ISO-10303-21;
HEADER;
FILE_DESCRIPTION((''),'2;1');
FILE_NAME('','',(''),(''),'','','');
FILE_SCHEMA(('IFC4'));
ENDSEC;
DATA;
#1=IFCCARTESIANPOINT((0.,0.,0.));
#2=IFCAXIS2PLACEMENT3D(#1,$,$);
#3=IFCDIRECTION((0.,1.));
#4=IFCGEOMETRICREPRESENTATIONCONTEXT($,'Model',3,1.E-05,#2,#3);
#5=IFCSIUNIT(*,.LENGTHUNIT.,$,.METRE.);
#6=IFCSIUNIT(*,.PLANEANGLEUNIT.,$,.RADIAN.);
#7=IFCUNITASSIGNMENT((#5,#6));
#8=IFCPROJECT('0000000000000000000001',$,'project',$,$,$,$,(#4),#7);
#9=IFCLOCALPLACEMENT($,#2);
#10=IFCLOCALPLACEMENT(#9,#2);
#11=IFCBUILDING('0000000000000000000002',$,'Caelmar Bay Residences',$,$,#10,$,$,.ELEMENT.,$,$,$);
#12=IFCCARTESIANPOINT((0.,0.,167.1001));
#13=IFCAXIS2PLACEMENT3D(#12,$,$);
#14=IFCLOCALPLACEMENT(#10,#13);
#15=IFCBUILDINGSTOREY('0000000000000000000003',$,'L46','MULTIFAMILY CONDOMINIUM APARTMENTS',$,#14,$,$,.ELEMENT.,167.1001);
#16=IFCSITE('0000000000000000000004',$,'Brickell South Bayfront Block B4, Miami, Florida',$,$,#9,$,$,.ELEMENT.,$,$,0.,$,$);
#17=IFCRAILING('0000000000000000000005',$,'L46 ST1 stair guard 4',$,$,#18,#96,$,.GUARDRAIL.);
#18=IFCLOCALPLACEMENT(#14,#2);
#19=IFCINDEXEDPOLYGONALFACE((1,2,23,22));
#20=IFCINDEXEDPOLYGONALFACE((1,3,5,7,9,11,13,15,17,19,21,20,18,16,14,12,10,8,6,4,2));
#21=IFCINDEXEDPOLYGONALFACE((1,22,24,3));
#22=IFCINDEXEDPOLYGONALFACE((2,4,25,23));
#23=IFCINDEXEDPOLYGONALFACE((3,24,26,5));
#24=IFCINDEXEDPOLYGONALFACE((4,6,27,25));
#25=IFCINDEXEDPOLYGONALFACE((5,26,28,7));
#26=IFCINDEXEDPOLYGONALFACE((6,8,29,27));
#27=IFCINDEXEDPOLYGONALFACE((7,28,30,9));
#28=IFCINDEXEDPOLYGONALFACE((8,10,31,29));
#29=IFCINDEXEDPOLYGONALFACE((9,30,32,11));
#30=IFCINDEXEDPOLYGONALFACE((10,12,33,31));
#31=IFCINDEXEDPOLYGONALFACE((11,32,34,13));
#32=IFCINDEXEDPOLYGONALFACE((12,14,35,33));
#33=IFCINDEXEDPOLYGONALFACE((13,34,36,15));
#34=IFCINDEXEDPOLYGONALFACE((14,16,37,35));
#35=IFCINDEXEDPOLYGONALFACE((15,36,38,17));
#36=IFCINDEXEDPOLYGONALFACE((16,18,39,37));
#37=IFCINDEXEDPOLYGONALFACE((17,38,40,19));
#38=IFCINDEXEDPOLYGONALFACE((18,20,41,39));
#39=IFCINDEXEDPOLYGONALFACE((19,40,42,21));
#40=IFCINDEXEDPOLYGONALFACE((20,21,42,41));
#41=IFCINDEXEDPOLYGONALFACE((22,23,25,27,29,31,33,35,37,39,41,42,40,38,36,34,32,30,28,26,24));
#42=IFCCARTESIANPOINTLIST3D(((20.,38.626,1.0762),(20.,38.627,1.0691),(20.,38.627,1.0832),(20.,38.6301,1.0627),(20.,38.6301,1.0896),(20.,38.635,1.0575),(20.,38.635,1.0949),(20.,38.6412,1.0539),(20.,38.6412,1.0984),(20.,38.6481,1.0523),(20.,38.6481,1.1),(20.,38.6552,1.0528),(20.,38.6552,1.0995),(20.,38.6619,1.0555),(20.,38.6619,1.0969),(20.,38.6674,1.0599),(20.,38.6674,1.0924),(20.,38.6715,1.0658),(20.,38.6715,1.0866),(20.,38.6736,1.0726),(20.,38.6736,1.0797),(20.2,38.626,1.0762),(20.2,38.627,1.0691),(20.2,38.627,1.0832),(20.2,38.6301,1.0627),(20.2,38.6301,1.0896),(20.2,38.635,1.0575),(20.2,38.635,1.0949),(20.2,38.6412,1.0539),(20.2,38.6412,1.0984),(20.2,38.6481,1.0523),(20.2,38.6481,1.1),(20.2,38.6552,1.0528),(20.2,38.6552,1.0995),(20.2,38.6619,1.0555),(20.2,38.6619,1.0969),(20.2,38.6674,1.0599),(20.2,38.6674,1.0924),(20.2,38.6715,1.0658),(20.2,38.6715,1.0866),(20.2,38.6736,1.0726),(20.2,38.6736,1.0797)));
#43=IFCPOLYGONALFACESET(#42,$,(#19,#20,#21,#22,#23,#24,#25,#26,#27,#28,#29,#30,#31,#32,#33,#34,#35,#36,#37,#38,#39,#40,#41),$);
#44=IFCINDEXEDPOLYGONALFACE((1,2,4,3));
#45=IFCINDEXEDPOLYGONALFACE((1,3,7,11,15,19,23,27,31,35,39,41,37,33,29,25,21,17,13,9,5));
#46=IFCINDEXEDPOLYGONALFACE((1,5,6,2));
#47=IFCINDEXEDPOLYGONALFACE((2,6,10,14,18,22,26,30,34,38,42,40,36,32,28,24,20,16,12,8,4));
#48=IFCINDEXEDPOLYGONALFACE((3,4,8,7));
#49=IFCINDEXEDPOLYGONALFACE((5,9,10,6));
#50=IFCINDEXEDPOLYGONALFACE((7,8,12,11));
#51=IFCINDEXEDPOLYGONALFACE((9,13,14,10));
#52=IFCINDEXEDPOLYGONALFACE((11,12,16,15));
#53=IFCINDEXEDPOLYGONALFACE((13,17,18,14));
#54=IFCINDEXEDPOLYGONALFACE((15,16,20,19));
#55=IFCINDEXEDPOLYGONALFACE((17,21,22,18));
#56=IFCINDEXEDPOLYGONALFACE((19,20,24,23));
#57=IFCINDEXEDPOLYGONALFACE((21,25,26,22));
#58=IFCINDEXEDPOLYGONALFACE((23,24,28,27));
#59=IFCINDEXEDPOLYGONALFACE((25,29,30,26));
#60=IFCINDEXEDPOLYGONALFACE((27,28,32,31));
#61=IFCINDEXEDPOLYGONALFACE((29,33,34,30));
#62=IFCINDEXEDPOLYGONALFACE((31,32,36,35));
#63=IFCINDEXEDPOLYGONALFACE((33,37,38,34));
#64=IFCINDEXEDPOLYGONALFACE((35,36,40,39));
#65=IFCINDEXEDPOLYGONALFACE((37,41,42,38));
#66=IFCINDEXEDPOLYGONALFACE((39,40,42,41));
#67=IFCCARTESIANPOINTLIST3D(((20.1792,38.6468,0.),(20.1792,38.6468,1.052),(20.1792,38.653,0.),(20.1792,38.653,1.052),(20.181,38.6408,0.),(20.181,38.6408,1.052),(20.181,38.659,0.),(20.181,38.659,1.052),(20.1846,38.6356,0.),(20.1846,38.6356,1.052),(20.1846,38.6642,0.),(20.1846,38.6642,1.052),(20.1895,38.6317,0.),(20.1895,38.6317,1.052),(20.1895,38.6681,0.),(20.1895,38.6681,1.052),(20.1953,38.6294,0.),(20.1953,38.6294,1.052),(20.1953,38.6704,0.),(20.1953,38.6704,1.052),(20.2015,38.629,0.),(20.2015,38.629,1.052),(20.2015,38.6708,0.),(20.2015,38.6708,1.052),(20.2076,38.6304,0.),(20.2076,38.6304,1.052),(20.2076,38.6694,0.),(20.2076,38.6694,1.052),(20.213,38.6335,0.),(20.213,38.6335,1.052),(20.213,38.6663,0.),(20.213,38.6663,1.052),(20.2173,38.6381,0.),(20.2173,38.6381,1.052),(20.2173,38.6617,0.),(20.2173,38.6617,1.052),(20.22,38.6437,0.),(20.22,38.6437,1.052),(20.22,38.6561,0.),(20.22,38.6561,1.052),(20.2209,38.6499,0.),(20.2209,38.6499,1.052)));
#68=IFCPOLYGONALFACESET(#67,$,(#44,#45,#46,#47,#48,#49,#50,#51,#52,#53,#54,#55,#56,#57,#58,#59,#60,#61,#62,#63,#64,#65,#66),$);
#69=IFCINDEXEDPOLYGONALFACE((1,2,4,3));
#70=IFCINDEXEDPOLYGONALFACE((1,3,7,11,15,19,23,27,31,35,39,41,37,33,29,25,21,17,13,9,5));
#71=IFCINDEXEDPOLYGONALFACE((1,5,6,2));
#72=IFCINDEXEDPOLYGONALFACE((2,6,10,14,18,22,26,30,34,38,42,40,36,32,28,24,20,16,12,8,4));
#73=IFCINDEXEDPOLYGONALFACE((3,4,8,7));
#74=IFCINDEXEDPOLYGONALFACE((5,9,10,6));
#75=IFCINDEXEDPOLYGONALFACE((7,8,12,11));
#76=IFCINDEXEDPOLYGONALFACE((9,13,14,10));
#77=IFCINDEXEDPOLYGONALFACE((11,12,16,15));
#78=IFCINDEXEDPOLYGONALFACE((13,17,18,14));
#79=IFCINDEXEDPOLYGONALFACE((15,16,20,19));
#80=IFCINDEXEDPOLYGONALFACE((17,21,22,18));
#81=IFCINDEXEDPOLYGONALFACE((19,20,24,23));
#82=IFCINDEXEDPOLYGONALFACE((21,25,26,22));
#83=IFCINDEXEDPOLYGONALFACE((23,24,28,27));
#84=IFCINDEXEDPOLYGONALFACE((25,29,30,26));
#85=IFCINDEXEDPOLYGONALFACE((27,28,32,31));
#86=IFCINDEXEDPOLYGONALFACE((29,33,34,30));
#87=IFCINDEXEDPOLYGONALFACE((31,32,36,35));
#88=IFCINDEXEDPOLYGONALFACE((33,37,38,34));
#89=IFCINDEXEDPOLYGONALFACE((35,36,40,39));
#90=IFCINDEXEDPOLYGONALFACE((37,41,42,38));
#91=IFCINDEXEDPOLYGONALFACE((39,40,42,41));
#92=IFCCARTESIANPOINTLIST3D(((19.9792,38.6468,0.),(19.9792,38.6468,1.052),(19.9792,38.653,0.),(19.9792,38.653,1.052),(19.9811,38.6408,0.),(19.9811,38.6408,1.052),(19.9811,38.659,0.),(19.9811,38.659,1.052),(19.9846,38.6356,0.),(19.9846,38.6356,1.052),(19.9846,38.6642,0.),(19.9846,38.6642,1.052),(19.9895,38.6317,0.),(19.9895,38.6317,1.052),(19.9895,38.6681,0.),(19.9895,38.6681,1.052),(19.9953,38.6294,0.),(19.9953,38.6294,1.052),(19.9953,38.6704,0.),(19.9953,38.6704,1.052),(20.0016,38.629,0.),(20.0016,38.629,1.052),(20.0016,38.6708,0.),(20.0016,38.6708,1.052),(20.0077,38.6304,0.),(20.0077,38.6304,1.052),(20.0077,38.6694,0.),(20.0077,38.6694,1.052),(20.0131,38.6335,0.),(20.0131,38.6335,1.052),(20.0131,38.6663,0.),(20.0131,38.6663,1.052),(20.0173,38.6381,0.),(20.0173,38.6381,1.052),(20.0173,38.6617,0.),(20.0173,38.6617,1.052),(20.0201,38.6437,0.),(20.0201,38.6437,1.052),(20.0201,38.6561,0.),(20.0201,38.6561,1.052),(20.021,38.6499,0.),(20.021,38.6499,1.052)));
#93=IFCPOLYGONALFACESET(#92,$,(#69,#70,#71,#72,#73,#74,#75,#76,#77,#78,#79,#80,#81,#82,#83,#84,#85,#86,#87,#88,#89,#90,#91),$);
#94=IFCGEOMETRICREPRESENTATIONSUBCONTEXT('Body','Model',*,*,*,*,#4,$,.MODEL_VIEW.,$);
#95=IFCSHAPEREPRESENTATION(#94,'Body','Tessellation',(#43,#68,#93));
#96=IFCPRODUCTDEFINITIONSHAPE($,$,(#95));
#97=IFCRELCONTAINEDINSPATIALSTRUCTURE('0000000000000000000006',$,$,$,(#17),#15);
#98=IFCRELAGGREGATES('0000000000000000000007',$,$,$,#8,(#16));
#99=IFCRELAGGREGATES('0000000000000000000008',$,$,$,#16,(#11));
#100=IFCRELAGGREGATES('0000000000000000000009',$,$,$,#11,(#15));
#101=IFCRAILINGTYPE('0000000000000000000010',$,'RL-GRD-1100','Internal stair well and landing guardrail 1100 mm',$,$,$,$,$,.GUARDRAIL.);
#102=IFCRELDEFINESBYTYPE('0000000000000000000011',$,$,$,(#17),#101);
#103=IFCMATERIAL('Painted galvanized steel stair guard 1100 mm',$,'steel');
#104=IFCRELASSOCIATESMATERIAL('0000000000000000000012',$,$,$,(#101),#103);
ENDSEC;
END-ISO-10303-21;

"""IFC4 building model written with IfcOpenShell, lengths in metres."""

from ifc_helpers import new_model, si_unit, direction, frame, origin, origin_2d, place, context, subcontext, project, spatial, circle, extrude, material, type_object, element, save


model = new_model("IFC4")

# Units and contexts
model_context = context("Model", 3, precision=1e-05, world=origin(), true_north=direction((0.0, 1.0)))
body_context = subcontext(model_context, "Body", "Model", "MODEL_VIEW")
ifc_project = project(units=[si_unit("LENGTHUNIT", "METRE"), si_unit("PLANEANGLEUNIT", "RADIAN")], contexts=[model_context])

# Site, building, storey
site_placement = place(None, origin())
site = spatial("IfcSite", under=ifc_project, at=site_placement, Name="Brickell South Bayfront Block B4, Miami, Florida", CompositionType="ELEMENT", RefElevation=0.0)
building_placement = place(site_placement, origin())
building = spatial("IfcBuilding", under=site, at=building_placement, Name="Caelmar Bay Residences", CompositionType="ELEMENT")
storey_placement = place(building_placement, frame((0.0, 0.0, 167.1001)))
storey = spatial("IfcBuildingStorey", under=building, at=storey_placement, Name="L46", Description="MULTIFAMILY CONDOMINIUM APARTMENTS", CompositionType="ELEMENT", Elevation=167.1001)

# Railing
ifc_material_1 = material(Name="Painted galvanized steel stair guard 1100 mm", Category="steel")
railing_type_1 = type_object("IfcRailingType", Name="RL-GRD-1100", Description="Internal stair well and landing guardrail 1100 mm", PredefinedType="GUARDRAIL", material=ifc_material_1)
railing_1_placement = place(storey_placement, frame((20.2, 38.6499, 0.0)))
element("IfcRailing", 1, at=railing_1_placement, inside=storey, type_object=railing_type_1, Name="L46 ST1 stair guard 4", PredefinedType="GUARDRAIL", context=body_context, shape_type="SweptSolid", body=[
    extrude(circle(Radius=0.0239, at=origin_2d()), frame((0.0, 0.0, 1.0762), z_axis=(-1.0, 0.0, 0.0), x_axis=(0.0, -1.0, 0.0)), (0.0, 0.0, 1.0), 0.2),
    extrude(circle(Radius=0.021, at=origin_2d()), origin(), (0.0, 0.0, 1.0), 1.052),
    extrude(circle(Radius=0.021, at=origin_2d()), frame((-0.2, 0.0, 0.0)), (0.0, 0.0, 1.0), 1.052),
])

save(model, "model.ifc")
